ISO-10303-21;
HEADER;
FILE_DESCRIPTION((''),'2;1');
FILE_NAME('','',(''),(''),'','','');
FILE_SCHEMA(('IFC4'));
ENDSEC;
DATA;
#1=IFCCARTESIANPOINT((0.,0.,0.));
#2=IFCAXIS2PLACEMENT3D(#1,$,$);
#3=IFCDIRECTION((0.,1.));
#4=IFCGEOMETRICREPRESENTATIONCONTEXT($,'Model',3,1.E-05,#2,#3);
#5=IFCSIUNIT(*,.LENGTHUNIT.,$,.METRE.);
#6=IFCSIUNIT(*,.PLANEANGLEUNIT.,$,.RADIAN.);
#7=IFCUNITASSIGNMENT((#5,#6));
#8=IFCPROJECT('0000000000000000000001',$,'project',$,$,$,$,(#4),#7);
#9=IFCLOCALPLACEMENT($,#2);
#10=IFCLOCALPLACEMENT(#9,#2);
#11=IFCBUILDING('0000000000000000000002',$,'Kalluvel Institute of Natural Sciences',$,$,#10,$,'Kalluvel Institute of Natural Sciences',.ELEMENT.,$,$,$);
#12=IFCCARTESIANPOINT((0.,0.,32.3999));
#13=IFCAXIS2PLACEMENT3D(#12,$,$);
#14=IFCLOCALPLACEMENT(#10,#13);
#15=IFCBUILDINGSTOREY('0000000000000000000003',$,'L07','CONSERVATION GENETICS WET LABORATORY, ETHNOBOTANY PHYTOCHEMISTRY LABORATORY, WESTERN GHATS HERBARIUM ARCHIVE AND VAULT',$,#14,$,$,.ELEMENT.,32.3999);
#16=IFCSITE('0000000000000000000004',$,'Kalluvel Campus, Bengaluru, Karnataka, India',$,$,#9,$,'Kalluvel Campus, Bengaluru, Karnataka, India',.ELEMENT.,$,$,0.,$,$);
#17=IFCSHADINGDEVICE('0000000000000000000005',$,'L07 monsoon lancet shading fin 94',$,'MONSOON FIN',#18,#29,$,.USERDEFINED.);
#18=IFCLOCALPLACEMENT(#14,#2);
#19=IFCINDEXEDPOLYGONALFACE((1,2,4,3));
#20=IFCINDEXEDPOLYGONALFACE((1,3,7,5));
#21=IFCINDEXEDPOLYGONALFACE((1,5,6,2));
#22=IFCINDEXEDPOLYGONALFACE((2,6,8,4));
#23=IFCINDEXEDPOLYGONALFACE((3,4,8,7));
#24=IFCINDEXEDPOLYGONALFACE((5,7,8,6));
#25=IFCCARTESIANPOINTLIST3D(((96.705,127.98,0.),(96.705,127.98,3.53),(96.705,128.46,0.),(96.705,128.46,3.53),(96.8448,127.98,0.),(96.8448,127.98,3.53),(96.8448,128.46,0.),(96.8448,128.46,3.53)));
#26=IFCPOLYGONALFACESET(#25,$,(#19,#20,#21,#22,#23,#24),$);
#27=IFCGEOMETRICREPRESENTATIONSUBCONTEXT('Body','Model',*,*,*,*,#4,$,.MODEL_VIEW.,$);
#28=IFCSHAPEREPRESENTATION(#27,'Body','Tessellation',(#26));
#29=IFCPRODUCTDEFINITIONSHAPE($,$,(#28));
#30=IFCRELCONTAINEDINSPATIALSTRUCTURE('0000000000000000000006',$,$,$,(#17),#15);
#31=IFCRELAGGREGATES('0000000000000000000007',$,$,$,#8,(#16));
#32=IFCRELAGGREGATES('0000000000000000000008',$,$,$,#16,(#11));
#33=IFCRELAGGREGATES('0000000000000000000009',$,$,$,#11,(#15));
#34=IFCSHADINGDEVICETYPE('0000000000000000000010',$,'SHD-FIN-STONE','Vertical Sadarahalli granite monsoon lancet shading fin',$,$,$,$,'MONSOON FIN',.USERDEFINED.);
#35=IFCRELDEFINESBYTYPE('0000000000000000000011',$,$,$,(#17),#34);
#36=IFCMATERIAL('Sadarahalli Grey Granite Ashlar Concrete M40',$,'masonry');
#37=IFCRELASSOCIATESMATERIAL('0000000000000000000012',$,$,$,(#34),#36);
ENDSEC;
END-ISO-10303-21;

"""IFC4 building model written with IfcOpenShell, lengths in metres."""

from ifc_helpers import new_model, si_unit, direction, frame, origin, origin_2d, place, context, subcontext, project, spatial, rectangle, extrude, material, type_object, element, save


model = new_model("IFC4")

# Units and contexts
model_context = context("Model", 3, precision=1e-05, world=origin(), true_north=direction((0.0, 1.0)))
body_context = subcontext(model_context, "Body", "Model", "MODEL_VIEW")
ifc_project = project(units=[si_unit("LENGTHUNIT", "METRE"), si_unit("PLANEANGLEUNIT", "RADIAN")], contexts=[model_context])

# Site, building, storey
site_placement = place(None, origin())
site = spatial("IfcSite", under=ifc_project, at=site_placement, Name="Kalluvel Campus, Bengaluru, Karnataka, India", LongName="Kalluvel Campus, Bengaluru, Karnataka, India", CompositionType="ELEMENT", RefElevation=0.0)
building_placement = place(site_placement, origin())
building = spatial("IfcBuilding", under=site, at=building_placement, Name="Kalluvel Institute of Natural Sciences", LongName="Kalluvel Institute of Natural Sciences", CompositionType="ELEMENT")
storey_placement = place(building_placement, frame((0.0, 0.0, 32.3999)))
storey = spatial("IfcBuildingStorey", under=building, at=storey_placement, Name="L07", Description="CONSERVATION GENETICS WET LABORATORY, ETHNOBOTANY PHYTOCHEMISTRY LABORATORY, WESTERN GHATS HERBARIUM ARCHIVE AND VAULT", CompositionType="ELEMENT", Elevation=32.3999)

# Shading device
ifc_material_1 = material(Name="Sadarahalli Grey Granite Ashlar Concrete M40", Category="masonry")
shading_device_type = type_object("IfcShadingDeviceType", Name="SHD-FIN-STONE", Description="Vertical Sadarahalli granite monsoon lancet shading fin", ElementType="MONSOON FIN", PredefinedType="USERDEFINED", material=ifc_material_1)
shading_device_placement = place(storey_placement, frame((96.7749, 128.22, 0.0), z_axis=(0.0, 0.0, 1.0), x_axis=(1.0, 0.0, 0.0)))
element("IfcShadingDevice", 1, at=shading_device_placement, inside=storey, type_object=shading_device_type, Name="L07 monsoon lancet shading fin 94", ObjectType="MONSOON FIN", PredefinedType="USERDEFINED", context=body_context, shape_type="SweptSolid", body=[
    extrude(rectangle(XDim=0.1399, YDim=0.48, at=origin_2d()), origin(), (0.0, 0.0, 1.0), 3.53),
])

save(model, "model.ifc")
